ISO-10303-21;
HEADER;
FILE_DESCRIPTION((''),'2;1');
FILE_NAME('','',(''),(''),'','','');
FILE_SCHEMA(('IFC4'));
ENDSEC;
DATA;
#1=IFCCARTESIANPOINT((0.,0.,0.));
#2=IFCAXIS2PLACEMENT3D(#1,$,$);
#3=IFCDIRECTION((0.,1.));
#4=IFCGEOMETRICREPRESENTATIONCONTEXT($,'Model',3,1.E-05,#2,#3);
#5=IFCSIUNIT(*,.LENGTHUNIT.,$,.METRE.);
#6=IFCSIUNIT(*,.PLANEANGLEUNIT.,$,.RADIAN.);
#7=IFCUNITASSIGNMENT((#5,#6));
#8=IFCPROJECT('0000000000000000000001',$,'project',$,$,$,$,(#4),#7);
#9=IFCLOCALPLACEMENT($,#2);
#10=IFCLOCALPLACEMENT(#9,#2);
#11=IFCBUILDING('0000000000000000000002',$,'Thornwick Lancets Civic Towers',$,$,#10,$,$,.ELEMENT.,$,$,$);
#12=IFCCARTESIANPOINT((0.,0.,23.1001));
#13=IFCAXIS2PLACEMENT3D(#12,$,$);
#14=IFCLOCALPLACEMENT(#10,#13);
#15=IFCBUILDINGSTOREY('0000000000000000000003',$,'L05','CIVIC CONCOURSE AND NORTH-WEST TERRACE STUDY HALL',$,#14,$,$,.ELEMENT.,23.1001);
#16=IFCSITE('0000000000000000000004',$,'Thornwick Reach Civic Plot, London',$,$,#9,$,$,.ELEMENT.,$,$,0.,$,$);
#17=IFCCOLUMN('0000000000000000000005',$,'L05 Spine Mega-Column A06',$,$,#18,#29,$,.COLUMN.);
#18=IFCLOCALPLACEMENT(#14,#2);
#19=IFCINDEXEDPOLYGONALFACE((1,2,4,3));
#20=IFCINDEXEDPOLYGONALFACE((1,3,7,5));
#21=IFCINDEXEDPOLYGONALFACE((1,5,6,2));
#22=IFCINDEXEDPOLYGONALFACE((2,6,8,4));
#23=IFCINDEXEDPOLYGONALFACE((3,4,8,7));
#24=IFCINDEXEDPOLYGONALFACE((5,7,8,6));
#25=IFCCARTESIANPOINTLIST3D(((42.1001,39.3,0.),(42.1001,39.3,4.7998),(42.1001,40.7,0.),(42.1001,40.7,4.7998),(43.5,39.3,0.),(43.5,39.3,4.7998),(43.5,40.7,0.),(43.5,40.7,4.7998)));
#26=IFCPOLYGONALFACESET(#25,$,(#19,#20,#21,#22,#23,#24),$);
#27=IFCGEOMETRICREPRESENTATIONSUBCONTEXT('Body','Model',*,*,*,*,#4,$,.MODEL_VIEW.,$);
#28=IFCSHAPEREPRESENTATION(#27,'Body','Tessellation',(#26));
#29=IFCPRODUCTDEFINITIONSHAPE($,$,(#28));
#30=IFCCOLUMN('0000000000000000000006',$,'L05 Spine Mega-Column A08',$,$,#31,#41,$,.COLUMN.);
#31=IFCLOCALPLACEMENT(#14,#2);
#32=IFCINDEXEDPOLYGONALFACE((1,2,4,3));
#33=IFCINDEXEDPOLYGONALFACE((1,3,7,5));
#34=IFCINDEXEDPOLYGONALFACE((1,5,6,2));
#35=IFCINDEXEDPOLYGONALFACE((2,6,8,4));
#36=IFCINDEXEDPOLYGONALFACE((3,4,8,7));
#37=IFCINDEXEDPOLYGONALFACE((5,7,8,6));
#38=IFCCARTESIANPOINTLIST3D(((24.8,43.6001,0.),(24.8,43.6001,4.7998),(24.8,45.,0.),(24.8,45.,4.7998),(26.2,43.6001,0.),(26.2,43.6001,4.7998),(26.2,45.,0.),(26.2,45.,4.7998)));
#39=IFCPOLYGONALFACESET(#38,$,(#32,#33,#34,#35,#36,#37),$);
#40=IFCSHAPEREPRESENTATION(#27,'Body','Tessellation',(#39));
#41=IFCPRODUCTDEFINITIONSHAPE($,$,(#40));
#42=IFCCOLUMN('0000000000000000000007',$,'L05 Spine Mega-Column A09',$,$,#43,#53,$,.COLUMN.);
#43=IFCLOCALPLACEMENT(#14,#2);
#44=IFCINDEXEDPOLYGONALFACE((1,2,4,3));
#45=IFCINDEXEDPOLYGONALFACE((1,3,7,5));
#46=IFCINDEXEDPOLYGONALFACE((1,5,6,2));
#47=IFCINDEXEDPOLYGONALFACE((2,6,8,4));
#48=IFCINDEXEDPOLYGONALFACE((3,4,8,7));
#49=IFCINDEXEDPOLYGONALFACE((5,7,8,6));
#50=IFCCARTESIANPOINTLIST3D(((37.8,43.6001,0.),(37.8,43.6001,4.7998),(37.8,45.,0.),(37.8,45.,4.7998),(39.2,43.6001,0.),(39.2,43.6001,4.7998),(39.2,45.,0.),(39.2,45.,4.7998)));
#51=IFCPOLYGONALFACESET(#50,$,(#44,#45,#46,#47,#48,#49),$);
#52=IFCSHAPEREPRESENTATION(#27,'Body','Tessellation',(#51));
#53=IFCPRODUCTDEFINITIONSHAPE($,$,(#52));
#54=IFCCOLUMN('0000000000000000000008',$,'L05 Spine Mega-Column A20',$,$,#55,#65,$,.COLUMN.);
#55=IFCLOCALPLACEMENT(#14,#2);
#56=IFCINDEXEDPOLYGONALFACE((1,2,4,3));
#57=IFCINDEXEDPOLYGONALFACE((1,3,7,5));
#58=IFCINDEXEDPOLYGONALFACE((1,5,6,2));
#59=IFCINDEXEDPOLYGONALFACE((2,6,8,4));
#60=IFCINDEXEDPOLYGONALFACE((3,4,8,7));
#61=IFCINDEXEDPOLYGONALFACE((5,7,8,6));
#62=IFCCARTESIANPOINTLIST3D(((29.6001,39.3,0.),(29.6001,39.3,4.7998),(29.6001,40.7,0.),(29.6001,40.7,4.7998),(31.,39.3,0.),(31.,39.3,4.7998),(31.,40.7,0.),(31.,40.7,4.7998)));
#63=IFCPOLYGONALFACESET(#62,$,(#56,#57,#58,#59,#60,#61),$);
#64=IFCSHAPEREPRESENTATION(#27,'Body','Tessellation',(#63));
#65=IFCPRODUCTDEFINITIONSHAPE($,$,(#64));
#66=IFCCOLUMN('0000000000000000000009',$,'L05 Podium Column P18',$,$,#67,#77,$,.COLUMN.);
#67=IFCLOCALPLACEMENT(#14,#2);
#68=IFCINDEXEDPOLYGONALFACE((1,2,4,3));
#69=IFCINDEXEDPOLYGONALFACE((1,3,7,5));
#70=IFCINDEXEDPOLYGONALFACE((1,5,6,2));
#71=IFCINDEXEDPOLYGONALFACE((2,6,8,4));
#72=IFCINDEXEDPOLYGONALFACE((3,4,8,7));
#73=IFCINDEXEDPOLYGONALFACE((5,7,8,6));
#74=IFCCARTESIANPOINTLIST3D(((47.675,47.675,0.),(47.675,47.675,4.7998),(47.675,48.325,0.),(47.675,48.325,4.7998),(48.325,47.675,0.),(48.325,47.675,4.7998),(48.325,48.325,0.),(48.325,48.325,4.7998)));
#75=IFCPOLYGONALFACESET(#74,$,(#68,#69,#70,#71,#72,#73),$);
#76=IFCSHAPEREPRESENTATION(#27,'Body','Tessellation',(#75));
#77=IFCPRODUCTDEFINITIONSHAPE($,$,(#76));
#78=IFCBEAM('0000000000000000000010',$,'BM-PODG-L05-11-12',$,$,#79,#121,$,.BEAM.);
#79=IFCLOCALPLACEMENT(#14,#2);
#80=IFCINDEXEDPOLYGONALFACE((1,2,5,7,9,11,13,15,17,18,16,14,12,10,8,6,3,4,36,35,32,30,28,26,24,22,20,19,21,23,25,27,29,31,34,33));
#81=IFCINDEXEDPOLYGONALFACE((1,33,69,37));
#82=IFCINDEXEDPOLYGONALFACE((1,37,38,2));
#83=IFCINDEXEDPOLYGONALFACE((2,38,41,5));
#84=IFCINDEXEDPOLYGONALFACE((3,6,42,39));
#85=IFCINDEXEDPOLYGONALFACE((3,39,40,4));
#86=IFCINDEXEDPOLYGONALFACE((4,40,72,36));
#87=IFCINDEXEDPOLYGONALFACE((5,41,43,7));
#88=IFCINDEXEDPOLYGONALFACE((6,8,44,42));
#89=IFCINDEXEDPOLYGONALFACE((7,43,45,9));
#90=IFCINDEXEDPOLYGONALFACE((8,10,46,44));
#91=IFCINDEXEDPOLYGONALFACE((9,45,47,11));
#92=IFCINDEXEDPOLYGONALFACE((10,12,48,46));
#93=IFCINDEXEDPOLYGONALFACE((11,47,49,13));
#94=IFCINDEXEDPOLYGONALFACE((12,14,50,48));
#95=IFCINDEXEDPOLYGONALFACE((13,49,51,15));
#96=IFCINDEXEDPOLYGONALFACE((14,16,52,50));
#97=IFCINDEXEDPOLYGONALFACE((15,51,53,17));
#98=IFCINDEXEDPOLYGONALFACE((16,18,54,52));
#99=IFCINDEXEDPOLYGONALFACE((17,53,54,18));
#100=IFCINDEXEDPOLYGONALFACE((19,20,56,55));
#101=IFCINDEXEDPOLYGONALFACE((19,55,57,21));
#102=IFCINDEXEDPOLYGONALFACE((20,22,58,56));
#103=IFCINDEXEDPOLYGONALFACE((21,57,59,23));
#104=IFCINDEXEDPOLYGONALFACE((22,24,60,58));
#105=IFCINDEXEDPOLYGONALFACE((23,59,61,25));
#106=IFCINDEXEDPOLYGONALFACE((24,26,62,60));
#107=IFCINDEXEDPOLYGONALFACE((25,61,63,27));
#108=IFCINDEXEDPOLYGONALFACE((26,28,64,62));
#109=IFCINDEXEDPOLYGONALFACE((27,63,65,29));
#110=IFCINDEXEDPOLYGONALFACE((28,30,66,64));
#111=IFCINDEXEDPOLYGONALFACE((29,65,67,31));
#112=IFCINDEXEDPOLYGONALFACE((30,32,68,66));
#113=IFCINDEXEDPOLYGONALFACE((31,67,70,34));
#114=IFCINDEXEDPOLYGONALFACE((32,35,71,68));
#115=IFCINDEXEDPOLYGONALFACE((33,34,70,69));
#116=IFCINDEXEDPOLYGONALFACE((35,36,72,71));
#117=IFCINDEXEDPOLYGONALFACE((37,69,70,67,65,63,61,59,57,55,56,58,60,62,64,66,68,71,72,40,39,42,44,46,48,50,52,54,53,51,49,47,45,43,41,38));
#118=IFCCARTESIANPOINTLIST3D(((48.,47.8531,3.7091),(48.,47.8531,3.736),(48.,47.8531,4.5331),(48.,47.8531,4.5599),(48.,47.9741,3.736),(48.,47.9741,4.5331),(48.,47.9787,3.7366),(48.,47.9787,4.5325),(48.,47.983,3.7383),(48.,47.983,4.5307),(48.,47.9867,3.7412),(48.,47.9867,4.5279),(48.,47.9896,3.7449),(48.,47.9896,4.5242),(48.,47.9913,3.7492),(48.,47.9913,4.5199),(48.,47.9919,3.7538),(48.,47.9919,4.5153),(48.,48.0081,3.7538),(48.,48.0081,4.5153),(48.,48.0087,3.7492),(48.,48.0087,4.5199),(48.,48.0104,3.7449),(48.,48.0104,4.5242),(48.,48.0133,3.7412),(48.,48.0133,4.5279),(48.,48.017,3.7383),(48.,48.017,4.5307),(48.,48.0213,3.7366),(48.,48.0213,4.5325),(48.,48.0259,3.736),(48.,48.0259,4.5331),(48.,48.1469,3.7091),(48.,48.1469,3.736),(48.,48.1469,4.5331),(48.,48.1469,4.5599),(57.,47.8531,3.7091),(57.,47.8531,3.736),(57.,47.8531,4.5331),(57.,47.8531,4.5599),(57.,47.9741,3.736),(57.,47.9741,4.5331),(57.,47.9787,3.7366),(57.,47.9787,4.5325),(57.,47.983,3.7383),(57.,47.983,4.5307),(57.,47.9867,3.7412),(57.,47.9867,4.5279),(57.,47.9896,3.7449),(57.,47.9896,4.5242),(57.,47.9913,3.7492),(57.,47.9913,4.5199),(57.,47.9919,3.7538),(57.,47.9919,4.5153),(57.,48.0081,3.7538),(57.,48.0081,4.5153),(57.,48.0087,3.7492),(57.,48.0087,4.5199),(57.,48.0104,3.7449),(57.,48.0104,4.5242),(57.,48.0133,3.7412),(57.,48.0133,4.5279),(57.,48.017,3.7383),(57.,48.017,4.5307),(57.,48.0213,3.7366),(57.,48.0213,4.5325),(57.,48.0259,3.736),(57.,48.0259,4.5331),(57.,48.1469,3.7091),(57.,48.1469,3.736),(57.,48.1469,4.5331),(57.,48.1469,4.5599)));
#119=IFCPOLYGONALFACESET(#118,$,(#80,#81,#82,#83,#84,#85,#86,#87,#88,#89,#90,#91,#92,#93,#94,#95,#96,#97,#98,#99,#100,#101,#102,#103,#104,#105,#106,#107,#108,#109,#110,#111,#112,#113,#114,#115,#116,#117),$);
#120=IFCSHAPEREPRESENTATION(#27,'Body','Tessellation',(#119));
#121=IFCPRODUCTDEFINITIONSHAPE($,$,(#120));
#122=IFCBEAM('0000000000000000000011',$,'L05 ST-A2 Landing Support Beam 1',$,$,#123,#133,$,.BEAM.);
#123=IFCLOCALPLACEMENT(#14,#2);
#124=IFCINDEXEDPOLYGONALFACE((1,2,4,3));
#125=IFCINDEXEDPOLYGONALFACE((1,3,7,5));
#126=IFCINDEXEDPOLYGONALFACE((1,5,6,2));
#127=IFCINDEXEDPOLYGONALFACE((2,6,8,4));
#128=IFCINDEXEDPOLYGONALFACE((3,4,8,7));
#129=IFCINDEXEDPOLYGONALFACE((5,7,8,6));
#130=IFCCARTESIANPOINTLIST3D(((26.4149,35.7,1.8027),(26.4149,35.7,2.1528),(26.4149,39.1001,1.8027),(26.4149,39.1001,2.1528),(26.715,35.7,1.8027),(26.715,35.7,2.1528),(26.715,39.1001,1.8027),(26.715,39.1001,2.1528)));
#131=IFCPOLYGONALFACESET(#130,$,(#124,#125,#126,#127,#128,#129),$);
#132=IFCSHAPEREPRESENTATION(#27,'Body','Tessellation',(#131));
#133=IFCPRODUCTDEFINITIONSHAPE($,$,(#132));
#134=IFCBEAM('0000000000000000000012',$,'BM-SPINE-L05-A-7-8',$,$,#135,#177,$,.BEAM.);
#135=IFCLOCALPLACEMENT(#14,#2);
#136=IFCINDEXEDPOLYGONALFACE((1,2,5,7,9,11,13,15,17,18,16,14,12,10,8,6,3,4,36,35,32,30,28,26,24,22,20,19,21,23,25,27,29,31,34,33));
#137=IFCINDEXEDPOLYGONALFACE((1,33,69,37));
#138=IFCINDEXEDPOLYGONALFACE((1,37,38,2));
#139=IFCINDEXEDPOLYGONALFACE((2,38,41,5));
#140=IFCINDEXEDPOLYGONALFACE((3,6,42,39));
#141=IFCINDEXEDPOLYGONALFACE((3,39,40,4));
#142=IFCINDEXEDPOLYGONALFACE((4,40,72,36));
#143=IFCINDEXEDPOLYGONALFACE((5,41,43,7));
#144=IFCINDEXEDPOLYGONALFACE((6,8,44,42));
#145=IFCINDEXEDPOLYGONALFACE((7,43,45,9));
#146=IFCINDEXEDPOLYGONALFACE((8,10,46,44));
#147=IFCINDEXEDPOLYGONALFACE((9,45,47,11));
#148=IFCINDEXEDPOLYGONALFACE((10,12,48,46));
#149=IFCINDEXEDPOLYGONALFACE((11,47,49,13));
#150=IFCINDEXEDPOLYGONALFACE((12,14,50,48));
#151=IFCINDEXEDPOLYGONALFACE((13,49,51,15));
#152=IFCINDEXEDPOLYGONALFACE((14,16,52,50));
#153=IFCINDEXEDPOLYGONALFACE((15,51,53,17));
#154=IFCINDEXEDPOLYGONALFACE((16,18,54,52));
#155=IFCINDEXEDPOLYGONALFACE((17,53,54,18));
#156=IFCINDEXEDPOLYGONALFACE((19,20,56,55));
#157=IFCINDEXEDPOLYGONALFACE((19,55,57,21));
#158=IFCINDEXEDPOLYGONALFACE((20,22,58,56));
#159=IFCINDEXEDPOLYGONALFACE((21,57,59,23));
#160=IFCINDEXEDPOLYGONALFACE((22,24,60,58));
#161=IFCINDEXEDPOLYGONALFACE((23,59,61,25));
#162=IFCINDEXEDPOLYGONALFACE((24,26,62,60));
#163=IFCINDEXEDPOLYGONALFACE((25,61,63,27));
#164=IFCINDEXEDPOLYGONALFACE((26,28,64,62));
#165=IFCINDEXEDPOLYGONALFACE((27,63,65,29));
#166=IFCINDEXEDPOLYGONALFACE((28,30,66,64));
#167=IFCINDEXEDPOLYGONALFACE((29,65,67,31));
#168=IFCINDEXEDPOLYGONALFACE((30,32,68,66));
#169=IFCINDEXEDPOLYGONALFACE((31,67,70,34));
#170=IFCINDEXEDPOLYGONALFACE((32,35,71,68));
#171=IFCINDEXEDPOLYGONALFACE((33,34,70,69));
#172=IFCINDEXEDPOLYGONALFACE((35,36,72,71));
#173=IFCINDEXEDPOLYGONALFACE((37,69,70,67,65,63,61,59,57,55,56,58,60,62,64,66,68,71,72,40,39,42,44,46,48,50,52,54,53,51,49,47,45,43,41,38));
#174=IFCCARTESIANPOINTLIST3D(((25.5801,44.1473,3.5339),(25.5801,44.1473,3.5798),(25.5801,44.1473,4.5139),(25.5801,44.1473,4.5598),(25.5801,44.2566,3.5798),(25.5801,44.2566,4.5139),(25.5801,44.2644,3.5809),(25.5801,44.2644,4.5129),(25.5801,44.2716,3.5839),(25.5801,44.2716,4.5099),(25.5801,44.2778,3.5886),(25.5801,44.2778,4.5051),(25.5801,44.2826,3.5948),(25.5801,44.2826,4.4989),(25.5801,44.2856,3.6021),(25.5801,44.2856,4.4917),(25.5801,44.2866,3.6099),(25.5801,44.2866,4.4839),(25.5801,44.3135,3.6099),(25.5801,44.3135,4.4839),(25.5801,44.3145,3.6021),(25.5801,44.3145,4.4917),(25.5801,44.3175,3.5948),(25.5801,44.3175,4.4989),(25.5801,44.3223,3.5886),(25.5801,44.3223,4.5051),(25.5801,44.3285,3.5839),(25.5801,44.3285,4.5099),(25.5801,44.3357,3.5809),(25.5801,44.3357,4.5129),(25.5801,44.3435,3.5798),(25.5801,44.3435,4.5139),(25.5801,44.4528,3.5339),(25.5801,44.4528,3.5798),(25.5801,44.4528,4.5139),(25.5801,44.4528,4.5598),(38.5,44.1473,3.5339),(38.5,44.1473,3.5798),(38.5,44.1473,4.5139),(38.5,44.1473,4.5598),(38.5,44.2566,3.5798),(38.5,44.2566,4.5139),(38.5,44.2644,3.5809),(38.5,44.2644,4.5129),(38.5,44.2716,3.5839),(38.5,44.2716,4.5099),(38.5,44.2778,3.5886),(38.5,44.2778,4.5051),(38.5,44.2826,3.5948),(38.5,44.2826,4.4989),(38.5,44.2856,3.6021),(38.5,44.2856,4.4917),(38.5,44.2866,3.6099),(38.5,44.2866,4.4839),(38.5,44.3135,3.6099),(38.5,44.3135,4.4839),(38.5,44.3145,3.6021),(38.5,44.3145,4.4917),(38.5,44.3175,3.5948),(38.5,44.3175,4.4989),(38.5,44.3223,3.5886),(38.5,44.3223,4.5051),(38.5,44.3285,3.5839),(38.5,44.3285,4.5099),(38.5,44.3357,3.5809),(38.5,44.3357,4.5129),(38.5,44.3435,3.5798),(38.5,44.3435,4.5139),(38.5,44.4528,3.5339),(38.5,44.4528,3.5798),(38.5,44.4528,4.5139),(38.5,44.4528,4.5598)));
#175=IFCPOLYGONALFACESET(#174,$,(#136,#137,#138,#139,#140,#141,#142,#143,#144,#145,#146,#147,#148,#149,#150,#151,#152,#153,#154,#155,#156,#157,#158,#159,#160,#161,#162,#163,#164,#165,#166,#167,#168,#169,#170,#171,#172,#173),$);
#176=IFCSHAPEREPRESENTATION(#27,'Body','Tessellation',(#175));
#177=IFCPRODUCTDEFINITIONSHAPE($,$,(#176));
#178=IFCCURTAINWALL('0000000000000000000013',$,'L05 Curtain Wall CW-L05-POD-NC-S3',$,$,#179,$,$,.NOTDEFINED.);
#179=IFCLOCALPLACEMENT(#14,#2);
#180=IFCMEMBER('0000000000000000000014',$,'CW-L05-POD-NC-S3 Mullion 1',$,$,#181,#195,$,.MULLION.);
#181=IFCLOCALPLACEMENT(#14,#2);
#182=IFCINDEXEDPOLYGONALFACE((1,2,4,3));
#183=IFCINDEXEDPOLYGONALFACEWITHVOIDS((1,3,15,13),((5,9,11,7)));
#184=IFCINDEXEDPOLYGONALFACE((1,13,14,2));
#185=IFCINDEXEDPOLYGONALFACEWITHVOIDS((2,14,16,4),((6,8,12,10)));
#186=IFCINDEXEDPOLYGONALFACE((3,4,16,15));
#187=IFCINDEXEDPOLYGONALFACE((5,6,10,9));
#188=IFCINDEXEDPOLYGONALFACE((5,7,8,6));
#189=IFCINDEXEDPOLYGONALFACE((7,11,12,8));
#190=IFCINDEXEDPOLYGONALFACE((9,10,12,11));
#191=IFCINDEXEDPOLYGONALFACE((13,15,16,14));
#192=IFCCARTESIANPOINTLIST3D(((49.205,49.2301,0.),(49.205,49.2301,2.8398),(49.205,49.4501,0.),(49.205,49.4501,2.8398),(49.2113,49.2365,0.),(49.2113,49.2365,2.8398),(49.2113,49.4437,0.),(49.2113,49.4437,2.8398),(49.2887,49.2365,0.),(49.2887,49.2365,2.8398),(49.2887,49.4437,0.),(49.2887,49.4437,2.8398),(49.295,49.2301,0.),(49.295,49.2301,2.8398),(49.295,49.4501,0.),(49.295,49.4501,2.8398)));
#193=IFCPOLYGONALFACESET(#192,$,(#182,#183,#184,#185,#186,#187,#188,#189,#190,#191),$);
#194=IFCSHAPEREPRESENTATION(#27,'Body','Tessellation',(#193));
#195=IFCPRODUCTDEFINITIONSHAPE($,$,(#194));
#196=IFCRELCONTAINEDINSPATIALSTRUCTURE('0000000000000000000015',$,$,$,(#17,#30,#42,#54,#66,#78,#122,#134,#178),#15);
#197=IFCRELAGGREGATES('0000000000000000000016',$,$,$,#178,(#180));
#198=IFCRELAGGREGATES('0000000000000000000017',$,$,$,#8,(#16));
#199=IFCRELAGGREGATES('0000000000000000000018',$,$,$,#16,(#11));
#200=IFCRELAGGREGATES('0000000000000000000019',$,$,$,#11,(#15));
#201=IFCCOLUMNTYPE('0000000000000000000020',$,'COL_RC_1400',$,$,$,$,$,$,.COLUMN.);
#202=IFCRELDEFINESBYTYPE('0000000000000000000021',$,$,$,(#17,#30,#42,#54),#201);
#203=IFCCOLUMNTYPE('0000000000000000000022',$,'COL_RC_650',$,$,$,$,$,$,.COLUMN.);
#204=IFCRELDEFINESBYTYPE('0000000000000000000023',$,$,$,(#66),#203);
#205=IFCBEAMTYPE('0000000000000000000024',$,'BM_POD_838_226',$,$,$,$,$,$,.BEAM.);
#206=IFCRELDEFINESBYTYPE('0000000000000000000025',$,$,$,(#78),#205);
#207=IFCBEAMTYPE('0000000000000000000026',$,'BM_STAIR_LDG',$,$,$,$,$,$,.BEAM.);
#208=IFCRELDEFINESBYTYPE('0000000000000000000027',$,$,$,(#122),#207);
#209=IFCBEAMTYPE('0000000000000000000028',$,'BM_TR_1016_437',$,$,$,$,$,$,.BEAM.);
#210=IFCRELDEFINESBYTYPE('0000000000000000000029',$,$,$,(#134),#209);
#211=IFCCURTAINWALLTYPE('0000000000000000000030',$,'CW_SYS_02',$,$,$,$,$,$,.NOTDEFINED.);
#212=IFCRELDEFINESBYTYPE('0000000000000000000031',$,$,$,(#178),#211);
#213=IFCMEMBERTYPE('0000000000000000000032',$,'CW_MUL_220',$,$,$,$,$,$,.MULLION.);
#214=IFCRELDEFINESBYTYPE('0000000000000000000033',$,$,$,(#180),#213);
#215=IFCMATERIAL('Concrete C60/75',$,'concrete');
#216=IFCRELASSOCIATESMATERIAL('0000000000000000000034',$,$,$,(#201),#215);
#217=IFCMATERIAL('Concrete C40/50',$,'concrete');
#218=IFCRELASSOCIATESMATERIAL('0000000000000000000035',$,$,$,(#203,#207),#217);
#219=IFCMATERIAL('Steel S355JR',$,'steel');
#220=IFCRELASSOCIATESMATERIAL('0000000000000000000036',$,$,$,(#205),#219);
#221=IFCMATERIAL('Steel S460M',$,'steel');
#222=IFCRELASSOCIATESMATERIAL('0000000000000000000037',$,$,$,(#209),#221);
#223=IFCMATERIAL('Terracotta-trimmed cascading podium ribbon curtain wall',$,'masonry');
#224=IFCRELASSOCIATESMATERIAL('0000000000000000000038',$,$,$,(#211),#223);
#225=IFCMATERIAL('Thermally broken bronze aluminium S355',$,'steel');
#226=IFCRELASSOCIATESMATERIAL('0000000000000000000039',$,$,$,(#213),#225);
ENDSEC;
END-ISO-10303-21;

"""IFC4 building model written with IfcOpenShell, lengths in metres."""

from ifc_helpers import new_model, si_unit, direction, frame, origin, origin_2d, place, context, subcontext, project, spatial, rectangle, hollow_rectangle, i_section, extrude, material, material_profile, profile_set, type_object, element, aggregate, save


model = new_model("IFC4")

# Units and contexts
model_context = context("Model", 3, precision=1e-05, world=origin(), true_north=direction((0.0, 1.0)))
body_context = subcontext(model_context, "Body", "Model", "MODEL_VIEW")
ifc_project = project(units=[si_unit("LENGTHUNIT", "METRE"), si_unit("PLANEANGLEUNIT", "RADIAN")], contexts=[model_context])

# Site, building, storey
site_placement = place(None, origin())
site = spatial("IfcSite", under=ifc_project, at=site_placement, Name="Thornwick Reach Civic Plot, London", CompositionType="ELEMENT", RefElevation=0.0)
building_placement = place(site_placement, origin())
building = spatial("IfcBuilding", under=site, at=building_placement, Name="Thornwick Lancets Civic Towers", CompositionType="ELEMENT")
storey_placement = place(building_placement, frame((0.0, 0.0, 23.1001)))
storey = spatial("IfcBuildingStorey", under=building, at=storey_placement, Name="L05", Description="CIVIC CONCOURSE AND NORTH-WEST TERRACE STUDY HALL", CompositionType="ELEMENT", Elevation=23.1001)

# Columns
ifc_material_1 = material(Name="Concrete C60/75", Category="concrete")
ifc_material_profile_1 = material_profile(ifc_material_1, rectangle(XDim=1.3999, YDim=1.3999, at=origin_2d()), Name="RC 1400x1400")
ifc_profile_set_1 = profile_set([ifc_material_profile_1], Name="Concrete C60/75")
column_type_1 = type_object("IfcColumnType", Name="COL_RC_1400", PredefinedType="COLUMN", material=ifc_profile_set_1)
for number, where, z_axis, x_axis, name in (
    (1, (42.8, 40.0, 0.0), (0.0, 0.0, 1.0), (1.0, 0.0, 0.0), "L05 Spine Mega-Column A06"),
    (2, (25.5, 44.3, 0.0), (0.0, 0.0, 1.0), (1.0, 0.0, 0.0), "L05 Spine Mega-Column A08"),
    (3, (38.5, 44.3, 0.0), (0.0, 0.0, 1.0), (1.0, 0.0, 0.0), "L05 Spine Mega-Column A09"),
    (4, (30.3, 40.0, 0.0), (0.0, 0.0, 1.0), (1.0, 0.0, 0.0), "L05 Spine Mega-Column A20"),
):
    element("IfcColumn", number, at=place(storey_placement, frame(where, z_axis=z_axis, x_axis=x_axis)), inside=storey, type_object=column_type_1, Name=name, PredefinedType="COLUMN", context=body_context, shape_type="SweptSolid", body=[
        extrude(rectangle(XDim=1.3999, YDim=1.3999, at=origin_2d()), origin(), (0.0, 0.0, 1.0), 4.7998),
    ])
ifc_material_2 = material(Name="Concrete C40/50", Category="concrete")
ifc_material_profile_2 = material_profile(ifc_material_2, rectangle(XDim=0.6499, YDim=0.6499, at=origin_2d()), Name="RC 650x650")
ifc_profile_set_2 = profile_set([ifc_material_profile_2], Name="Concrete C40/50")
column_type_2 = type_object("IfcColumnType", Name="COL_RC_650", PredefinedType="COLUMN", material=ifc_profile_set_2)
column_placement = place(storey_placement, frame((48.0, 48.0, 0.0), z_axis=(0.0, 0.0, 1.0), x_axis=(1.0, 0.0, 0.0)))
element("IfcColumn", 5, at=column_placement, inside=storey, type_object=column_type_2, Name="L05 Podium Column P18", PredefinedType="COLUMN", context=body_context, shape_type="SweptSolid", body=[
    extrude(rectangle(XDim=0.6499, YDim=0.6499, at=origin_2d()), origin(), (0.0, 0.0, 1.0), 4.7998),
])

# Beams
ifc_material_3 = material(Name="Steel S355JR", Category="steel")
ifc_material_profile_3 = material_profile(ifc_material_3, i_section(OverallWidth=0.2937, OverallDepth=0.8508, WebThickness=0.0161, FlangeThickness=0.0269, FilletRadius=0.0178, at=origin_2d()), Name="UKB 838x292x226")
ifc_profile_set_3 = profile_set([ifc_material_profile_3], Name="Steel S355JR")
beam_type_1 = type_object("IfcBeamType", Name="BM_POD_838_226", PredefinedType="BEAM", material=ifc_profile_set_3)
beam_1_placement = place(storey_placement, frame((48.0, 48.0, 4.1345), z_axis=(1.0, 0.0, 0.0), x_axis=(0.0, 1.0, 0.0)))
element("IfcBeam", 6, at=beam_1_placement, inside=storey, type_object=beam_type_1, Name="BM-PODG-L05-11-12", PredefinedType="BEAM", context=body_context, shape_type="SweptSolid", body=[
    extrude(i_section(OverallWidth=0.2937, OverallDepth=0.8508, WebThickness=0.0161, FlangeThickness=0.0269, FilletRadius=0.0178, at=origin_2d()), origin(), (0.0, 0.0, 1.0), 9.0),
])
ifc_material_profile_4 = material_profile(ifc_material_2, rectangle(XDim=0.3, YDim=0.3501, at=origin_2d()), Name="RC 300x350")
ifc_profile_set_4 = profile_set([ifc_material_profile_4], Name="Concrete C40/50")
beam_type_2 = type_object("IfcBeamType", Name="BM_STAIR_LDG", PredefinedType="BEAM", material=ifc_profile_set_4)
beam_2_placement = place(storey_placement, frame((26.5649, 39.1001, 1.9778), z_axis=(0.0, -1.0, 0.0), x_axis=(1.0, 0.0, 0.0)))
element("IfcBeam", 7, at=beam_2_placement, inside=storey, type_object=beam_type_2, Name="L05 ST-A2 Landing Support Beam 1", PredefinedType="BEAM", context=body_context, shape_type="SweptSolid", body=[
    extrude(rectangle(XDim=0.3, YDim=0.3501, at=origin_2d()), origin(), (0.0, 0.0, 1.0), 3.4001),
])
ifc_material_4 = material(Name="Steel S460M", Category="steel")
ifc_material_profile_5 = material_profile(ifc_material_4, i_section(OverallWidth=0.3054, OverallDepth=1.0259, WebThickness=0.0269, FlangeThickness=0.0459, FilletRadius=0.03, at=origin_2d()), Name="UKB 1016x305x437")
ifc_profile_set_5 = profile_set([ifc_material_profile_5], Name="Steel S460M")
beam_type_3 = type_object("IfcBeamType", Name="BM_TR_1016_437", PredefinedType="BEAM", material=ifc_profile_set_5)
beam_3_placement = place(storey_placement, frame((25.5801, 44.3, 4.0469), z_axis=(1.0, 0.0, 0.0), x_axis=(0.0, 1.0, 0.0)))
element("IfcBeam", 8, at=beam_3_placement, inside=storey, type_object=beam_type_3, Name="BM-SPINE-L05-A-7-8", PredefinedType="BEAM", context=body_context, shape_type="SweptSolid", body=[
    extrude(i_section(OverallWidth=0.3054, OverallDepth=1.0259, WebThickness=0.0269, FlangeThickness=0.0459, FilletRadius=0.03, at=origin_2d()), origin(), (0.0, 0.0, 1.0), 12.9199),
])

# Curtain wall, member
ifc_material_5 = material(Name="Terracotta-trimmed cascading podium ribbon curtain wall", Category="masonry")
curtain_wall_type = type_object("IfcCurtainWallType", Name="CW_SYS_02", PredefinedType="NOTDEFINED", material=ifc_material_5)
curtain_wall_1_placement = place(storey_placement, origin())
curtain_wall_1 = element("IfcCurtainWall", 9, at=curtain_wall_1_placement, inside=storey, type_object=curtain_wall_type, Name="L05 Curtain Wall CW-L05-POD-NC-S3", PredefinedType="NOTDEFINED")
ifc_material_6 = material(Name="Thermally broken bronze aluminium S355", Category="steel")
ifc_material_profile_6 = material_profile(ifc_material_6, hollow_rectangle(XDim=0.0901, YDim=0.22, WallThickness=0.0063, at=origin_2d()), Name="RHS 220x90x6.3")
ifc_profile_set_6 = profile_set([ifc_material_profile_6], Name="Thermally broken bronze aluminium S355")
member_type_1 = type_object("IfcMemberType", Name="CW_MUL_220", PredefinedType="MULLION", material=ifc_profile_set_6)
member_1_placement = place(storey_placement, frame((49.25, 49.3401, 0.0), z_axis=(0.0, 0.0, 1.0), x_axis=(1.0, 0.0, 0.0)))
member_1 = element("IfcMember", 10, at=member_1_placement, type_object=member_type_1, Name="CW-L05-POD-NC-S3 Mullion 1", PredefinedType="MULLION", context=body_context, shape_type="SweptSolid", body=[
    extrude(hollow_rectangle(XDim=0.0901, YDim=0.22, WallThickness=0.0063, at=origin_2d()), origin(), (0.0, 0.0, 1.0), 2.8398),
])
aggregate(curtain_wall_1, [member_1])

save(model, "model.ifc")
